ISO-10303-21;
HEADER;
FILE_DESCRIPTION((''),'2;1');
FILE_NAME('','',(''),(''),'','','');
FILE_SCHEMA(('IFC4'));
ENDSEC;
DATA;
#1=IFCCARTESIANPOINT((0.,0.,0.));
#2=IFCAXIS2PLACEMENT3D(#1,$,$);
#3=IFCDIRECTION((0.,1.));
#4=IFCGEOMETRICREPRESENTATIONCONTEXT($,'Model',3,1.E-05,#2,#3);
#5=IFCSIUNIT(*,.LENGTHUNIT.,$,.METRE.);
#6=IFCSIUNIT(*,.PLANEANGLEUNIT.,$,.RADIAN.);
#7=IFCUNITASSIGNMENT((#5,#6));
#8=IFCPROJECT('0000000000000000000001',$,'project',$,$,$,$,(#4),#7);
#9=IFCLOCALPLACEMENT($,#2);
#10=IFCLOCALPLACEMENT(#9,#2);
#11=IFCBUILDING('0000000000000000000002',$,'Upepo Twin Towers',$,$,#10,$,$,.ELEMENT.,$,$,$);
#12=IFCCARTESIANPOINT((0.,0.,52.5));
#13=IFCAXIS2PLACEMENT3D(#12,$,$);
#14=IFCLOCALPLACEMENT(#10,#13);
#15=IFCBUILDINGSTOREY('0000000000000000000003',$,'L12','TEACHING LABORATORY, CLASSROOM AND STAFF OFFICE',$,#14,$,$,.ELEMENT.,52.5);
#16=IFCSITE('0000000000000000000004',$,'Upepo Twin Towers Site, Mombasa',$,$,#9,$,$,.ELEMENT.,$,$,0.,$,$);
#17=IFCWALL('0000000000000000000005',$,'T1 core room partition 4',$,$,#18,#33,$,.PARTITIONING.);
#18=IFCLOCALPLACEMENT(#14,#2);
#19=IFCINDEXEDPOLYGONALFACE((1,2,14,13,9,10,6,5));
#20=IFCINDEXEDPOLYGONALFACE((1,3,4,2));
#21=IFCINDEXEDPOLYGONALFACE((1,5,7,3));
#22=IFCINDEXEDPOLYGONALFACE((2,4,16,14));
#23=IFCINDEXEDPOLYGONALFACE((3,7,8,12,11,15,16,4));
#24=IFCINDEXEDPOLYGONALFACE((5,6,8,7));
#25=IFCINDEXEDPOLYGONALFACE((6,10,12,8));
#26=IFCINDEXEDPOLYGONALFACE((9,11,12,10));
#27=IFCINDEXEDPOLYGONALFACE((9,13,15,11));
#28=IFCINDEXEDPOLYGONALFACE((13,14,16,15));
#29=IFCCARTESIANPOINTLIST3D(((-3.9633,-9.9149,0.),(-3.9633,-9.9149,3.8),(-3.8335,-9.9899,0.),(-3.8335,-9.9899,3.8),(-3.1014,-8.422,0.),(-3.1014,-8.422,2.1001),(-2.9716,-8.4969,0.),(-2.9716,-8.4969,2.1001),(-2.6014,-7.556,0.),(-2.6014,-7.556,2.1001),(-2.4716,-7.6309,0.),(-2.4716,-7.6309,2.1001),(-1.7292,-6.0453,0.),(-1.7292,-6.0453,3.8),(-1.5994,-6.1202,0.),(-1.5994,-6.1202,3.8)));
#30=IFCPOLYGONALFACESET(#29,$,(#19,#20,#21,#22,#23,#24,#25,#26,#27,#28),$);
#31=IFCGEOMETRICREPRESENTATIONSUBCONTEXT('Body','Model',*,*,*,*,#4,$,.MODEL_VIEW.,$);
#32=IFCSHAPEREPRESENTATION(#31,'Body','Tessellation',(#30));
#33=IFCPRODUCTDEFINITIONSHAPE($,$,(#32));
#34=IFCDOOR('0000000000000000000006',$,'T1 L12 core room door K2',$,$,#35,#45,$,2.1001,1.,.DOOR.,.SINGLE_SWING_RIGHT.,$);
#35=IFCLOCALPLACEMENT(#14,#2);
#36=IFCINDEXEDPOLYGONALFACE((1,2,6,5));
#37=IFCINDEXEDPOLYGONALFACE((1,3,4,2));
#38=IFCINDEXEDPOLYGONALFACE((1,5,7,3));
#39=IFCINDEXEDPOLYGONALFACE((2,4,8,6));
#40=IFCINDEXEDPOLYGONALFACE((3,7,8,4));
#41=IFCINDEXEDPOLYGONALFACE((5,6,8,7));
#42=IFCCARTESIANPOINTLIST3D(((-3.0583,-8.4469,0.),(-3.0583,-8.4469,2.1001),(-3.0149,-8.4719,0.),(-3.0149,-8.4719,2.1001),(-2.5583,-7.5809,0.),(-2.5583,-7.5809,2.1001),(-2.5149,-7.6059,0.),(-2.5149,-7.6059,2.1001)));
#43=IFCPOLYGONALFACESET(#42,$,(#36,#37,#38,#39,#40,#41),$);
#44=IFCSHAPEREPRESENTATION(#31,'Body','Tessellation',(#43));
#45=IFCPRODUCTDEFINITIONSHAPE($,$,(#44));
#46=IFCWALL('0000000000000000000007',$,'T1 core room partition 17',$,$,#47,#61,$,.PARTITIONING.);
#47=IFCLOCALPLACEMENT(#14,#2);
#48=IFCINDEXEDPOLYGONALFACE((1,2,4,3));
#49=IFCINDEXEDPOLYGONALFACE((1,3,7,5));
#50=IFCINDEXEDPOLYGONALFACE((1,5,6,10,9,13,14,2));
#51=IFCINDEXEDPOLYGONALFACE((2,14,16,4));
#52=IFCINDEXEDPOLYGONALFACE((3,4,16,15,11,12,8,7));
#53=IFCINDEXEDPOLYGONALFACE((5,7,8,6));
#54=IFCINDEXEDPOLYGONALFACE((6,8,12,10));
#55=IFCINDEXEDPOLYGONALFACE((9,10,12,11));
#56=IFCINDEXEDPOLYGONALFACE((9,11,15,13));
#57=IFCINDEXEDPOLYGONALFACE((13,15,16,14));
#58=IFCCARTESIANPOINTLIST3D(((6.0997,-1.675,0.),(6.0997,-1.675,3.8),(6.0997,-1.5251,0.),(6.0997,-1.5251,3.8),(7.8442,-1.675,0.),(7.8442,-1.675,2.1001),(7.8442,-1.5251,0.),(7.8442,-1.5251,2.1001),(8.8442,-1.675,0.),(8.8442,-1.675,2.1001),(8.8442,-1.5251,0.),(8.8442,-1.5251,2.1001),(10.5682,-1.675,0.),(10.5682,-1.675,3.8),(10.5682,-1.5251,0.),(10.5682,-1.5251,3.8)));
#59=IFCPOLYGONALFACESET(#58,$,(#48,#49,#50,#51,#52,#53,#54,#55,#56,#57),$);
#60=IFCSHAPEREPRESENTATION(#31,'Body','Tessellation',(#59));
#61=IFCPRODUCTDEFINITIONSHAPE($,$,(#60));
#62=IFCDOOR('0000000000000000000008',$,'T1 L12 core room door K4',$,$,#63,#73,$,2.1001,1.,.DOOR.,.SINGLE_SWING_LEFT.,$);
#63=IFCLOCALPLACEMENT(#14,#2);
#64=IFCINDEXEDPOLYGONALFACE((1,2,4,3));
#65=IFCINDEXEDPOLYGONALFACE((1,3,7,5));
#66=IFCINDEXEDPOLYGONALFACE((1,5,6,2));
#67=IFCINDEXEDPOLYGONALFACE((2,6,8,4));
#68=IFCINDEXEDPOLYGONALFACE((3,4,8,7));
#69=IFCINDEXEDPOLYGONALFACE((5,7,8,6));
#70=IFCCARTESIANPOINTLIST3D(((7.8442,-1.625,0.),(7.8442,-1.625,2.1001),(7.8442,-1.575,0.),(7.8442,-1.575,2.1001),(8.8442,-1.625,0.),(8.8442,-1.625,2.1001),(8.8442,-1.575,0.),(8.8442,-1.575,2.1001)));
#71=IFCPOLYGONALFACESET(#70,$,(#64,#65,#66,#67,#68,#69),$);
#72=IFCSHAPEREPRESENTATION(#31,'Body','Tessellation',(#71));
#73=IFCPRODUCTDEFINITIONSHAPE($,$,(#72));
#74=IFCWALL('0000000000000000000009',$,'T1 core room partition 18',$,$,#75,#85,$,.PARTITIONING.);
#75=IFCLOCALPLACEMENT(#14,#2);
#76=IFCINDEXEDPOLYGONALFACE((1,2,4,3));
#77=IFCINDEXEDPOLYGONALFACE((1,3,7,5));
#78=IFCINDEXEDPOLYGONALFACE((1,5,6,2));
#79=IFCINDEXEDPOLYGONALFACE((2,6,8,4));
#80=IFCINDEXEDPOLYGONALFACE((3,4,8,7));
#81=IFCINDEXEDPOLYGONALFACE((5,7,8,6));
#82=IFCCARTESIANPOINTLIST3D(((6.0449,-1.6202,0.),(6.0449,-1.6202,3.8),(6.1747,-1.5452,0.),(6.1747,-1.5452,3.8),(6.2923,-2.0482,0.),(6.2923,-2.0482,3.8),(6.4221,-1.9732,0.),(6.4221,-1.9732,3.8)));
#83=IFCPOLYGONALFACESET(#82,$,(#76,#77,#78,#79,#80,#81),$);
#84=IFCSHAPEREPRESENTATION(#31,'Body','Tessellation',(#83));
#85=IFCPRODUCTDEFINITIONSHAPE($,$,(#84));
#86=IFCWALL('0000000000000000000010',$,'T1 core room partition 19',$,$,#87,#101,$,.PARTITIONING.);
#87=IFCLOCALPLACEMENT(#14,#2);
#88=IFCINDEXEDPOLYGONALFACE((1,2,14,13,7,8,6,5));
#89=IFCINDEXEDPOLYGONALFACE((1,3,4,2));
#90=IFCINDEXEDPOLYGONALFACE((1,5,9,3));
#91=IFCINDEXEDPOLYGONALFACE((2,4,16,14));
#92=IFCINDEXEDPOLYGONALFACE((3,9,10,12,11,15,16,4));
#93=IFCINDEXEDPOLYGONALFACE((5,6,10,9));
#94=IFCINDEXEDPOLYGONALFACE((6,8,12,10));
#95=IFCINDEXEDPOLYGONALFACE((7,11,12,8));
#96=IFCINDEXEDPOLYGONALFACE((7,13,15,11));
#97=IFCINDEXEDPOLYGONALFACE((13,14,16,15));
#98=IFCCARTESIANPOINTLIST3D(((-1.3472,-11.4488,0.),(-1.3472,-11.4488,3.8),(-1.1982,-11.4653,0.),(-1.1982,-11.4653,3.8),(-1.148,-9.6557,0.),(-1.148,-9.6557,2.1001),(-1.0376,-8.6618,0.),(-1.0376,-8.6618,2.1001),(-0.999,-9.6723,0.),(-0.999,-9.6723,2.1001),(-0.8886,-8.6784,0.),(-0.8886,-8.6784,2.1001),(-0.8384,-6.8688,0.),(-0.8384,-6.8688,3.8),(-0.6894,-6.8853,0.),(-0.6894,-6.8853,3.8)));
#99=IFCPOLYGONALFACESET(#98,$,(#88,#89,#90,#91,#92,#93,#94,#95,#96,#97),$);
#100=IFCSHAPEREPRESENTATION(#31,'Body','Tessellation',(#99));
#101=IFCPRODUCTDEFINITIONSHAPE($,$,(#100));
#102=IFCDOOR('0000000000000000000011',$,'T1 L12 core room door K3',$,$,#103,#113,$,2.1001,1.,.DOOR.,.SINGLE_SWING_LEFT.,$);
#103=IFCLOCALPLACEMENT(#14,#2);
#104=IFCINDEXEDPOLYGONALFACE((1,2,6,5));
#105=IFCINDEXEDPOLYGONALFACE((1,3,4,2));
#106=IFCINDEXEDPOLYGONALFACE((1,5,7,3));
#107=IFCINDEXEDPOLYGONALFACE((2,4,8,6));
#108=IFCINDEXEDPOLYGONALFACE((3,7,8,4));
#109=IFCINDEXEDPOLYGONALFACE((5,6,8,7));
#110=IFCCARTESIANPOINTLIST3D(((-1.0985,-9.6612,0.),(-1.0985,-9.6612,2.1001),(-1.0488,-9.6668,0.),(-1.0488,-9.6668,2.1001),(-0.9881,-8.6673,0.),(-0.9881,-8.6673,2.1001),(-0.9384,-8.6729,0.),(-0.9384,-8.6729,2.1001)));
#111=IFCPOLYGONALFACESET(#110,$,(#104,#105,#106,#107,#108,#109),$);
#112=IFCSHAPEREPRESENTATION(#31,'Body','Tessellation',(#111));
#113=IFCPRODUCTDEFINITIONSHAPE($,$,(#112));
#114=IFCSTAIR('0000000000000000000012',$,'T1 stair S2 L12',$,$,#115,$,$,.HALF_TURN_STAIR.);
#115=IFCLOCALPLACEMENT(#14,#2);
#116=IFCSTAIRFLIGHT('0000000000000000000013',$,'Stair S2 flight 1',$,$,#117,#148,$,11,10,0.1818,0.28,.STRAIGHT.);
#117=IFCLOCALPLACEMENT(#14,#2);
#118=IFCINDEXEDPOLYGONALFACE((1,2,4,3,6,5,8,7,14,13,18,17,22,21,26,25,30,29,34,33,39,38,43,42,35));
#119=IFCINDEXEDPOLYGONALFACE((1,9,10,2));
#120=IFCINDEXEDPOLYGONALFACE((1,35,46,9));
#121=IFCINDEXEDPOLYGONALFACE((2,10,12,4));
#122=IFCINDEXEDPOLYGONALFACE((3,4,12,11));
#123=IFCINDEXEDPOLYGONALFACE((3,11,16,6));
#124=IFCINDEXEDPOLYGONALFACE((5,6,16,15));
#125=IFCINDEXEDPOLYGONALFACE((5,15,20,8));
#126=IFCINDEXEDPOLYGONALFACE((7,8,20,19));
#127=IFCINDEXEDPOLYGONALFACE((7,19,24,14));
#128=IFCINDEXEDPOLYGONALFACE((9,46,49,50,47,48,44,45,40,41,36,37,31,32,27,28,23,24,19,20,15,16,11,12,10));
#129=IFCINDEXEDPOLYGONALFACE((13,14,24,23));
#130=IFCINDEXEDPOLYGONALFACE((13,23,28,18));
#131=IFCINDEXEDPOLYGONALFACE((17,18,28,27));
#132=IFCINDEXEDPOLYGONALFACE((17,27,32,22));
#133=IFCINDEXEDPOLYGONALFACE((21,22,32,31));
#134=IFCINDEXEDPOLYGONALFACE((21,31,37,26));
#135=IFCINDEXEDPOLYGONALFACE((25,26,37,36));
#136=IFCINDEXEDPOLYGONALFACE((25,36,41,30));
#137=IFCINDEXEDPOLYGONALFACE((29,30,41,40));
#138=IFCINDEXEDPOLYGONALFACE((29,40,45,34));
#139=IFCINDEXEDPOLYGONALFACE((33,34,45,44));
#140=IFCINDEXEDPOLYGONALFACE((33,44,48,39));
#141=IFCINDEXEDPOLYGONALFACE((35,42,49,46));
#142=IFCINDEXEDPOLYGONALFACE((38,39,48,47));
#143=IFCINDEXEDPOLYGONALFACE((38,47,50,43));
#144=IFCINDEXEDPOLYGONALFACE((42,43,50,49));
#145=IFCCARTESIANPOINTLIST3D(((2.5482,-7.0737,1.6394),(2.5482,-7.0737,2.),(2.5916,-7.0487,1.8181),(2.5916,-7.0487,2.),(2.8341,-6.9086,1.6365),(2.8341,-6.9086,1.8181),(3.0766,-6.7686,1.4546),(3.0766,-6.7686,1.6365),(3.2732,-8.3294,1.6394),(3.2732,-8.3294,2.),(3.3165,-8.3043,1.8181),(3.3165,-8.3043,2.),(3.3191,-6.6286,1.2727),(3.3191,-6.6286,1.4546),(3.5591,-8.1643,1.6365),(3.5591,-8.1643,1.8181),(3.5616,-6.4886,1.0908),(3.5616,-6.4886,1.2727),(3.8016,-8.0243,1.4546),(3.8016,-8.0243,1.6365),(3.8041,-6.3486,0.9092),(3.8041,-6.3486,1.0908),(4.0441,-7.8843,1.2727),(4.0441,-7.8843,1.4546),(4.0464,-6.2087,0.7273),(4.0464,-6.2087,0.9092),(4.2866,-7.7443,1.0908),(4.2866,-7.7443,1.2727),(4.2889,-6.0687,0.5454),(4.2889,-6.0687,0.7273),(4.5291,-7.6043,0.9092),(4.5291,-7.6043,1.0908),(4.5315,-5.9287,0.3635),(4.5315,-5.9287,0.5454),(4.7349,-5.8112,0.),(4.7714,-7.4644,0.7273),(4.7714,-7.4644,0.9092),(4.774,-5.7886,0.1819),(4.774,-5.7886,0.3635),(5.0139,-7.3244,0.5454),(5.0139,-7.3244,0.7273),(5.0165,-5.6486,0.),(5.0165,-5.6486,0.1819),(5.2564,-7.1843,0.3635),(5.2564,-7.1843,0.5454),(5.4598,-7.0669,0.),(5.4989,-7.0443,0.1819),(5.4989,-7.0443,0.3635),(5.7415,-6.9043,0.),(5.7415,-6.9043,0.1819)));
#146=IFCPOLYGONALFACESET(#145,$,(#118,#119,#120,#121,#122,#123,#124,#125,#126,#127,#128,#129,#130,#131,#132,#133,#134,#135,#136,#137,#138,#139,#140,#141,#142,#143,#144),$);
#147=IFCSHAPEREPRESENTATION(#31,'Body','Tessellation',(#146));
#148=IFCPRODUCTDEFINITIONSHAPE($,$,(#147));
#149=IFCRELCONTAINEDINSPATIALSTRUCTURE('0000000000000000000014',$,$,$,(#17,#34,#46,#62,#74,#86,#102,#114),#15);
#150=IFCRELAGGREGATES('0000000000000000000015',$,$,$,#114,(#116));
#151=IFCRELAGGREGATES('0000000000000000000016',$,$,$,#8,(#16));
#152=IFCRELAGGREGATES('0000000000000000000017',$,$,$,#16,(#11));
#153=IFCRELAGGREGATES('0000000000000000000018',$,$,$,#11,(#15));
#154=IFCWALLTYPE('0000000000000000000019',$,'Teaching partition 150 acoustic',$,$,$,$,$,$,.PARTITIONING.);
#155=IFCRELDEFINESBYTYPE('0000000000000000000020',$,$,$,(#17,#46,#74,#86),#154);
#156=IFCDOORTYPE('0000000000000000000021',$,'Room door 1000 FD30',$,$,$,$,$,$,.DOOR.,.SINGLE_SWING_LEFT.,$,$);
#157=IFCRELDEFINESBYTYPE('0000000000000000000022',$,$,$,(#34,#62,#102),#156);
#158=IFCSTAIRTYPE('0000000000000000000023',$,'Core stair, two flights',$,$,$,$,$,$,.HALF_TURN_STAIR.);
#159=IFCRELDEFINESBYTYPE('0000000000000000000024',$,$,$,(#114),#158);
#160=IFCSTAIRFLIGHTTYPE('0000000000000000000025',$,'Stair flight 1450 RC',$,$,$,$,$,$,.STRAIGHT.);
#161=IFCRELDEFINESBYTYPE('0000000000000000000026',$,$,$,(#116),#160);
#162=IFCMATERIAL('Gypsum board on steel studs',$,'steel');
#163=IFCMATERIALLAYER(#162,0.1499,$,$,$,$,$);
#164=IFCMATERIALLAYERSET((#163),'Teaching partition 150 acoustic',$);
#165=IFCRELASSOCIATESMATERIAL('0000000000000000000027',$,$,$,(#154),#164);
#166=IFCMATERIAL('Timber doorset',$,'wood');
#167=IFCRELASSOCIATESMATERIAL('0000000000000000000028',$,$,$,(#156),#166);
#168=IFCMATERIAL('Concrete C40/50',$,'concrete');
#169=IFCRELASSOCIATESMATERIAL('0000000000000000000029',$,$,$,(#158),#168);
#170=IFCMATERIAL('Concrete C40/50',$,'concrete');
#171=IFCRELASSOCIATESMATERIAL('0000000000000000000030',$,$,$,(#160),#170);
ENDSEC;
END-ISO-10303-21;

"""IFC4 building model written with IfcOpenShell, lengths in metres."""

from ifc_helpers import new_model, si_unit, direction, frame, frame_2d, origin, place, context, subcontext, project, spatial, polyline, rectangle, outline, extrude, material, layer, layer_set, type_object, element, fill, aggregate, save


model = new_model("IFC4")

# Units and contexts
model_context = context("Model", 3, precision=1e-05, world=origin(), true_north=direction((0.0, 1.0)))
body_context = subcontext(model_context, "Body", "Model", "MODEL_VIEW")
ifc_project = project(units=[si_unit("LENGTHUNIT", "METRE"), si_unit("PLANEANGLEUNIT", "RADIAN")], contexts=[model_context])

# Site, building, storey
site_placement = place(None, origin())
site = spatial("IfcSite", under=ifc_project, at=site_placement, Name="Upepo Twin Towers Site, Mombasa", CompositionType="ELEMENT", RefElevation=0.0)
building_placement = place(site_placement, origin())
building = spatial("IfcBuilding", under=site, at=building_placement, Name="Upepo Twin Towers", CompositionType="ELEMENT")
storey_placement = place(building_placement, frame((0.0, 0.0, 52.5)))
storey = spatial("IfcBuildingStorey", under=building, at=storey_placement, Name="L12", Description="TEACHING LABORATORY, CLASSROOM AND STAFF OFFICE", CompositionType="ELEMENT", Elevation=52.5)

# Shared definitions
ifc_material_1 = material(Name="Gypsum board on steel studs", Category="steel")
ifc_layer_1 = layer(ifc_material_1, 0.1499)
ifc_layer_set_1 = layer_set([ifc_layer_1], Name="Teaching partition 150 acoustic")
wall_type_1 = type_object("IfcWallType", Name="Teaching partition 150 acoustic", PredefinedType="PARTITIONING", material=ifc_layer_set_1)

# Walls, openings, doors
wall_1_placement = place(storey_placement, frame((-1.6643, -6.0828, 0.0), z_axis=(0.0, 0.0, 1.0), x_axis=(-0.5, -0.866025, 0.0)))
wall_1 = element("IfcWall", 1, at=wall_1_placement, inside=storey, type_object=wall_type_1, Name="T1 core room partition 4", PredefinedType="PARTITIONING", context=body_context, shape_type="SweptSolid", body=[
    extrude(rectangle(XDim=4.4683, YDim=0.1499, at=frame_2d((2.2341, 0.0))), origin(), (0.0, 0.0, 1.0), 3.8),
])
opening_1_placement = place(wall_1_placement, frame((1.7444, 0.0, 0.0)))
opening_1 = element("IfcOpeningElement", 2, at=opening_1_placement, cuts=wall_1, PredefinedType="OPENING", context=body_context, shape_type="SweptSolid", body=[
    extrude(rectangle(XDim=1.0, YDim=2.1001, at=frame_2d((0.5, 1.05))), frame((0.0, 0.085, 0.0), z_axis=(0.0, -1.0, 0.0), x_axis=(1.0, 0.0, 0.0)), (0.0, 0.0, 1.0), 0.1699),
])
ifc_material_2 = material(Name="Timber doorset", Category="wood")
door_type_1 = type_object("IfcDoorType", Name="Room door 1000 FD30", OperationType="SINGLE_SWING_LEFT", PredefinedType="DOOR", material=ifc_material_2)
door_1_placement = place(opening_1_placement, origin())
door_1 = element("IfcDoor", 3, at=door_1_placement, inside=storey, type_object=door_type_1, Name="T1 L12 core room door K2", OperationType="SINGLE_SWING_RIGHT", OverallHeight=2.1001, OverallWidth=1.0, PredefinedType="DOOR", context=body_context, shape_type="SweptSolid", body=[
    extrude(rectangle(XDim=1.0, YDim=2.1001, at=frame_2d((0.5, 1.05))), frame((0.0, 0.0249, 0.0), z_axis=(0.0, -1.0, 0.0), x_axis=(1.0, 0.0, 0.0)), (0.0, 0.0, 1.0), 0.05),
])
fill(opening_1, door_1)
wall_2_placement = place(storey_placement, frame((10.5684, -1.6001, 0.0), z_axis=(0.0, 0.0, 1.0), x_axis=(-1.0, 0.0, 0.0)))
wall_2 = element("IfcWall", 4, at=wall_2_placement, inside=storey, type_object=wall_type_1, Name="T1 core room partition 17", PredefinedType="PARTITIONING", context=body_context, shape_type="SweptSolid", body=[
    extrude(rectangle(XDim=4.4685, YDim=0.1499, at=frame_2d((2.2344, 0.0))), origin(), (0.0, 0.0, 1.0), 3.8),
])
opening_2_placement = place(wall_2_placement, frame((1.7241, 0.0, 0.0)))
opening_2 = element("IfcOpeningElement", 5, at=opening_2_placement, cuts=wall_2, PredefinedType="OPENING", context=body_context, shape_type="SweptSolid", body=[
    extrude(rectangle(XDim=1.0, YDim=2.1001, at=frame_2d((0.5, 1.05))), frame((0.0, 0.085, 0.0), z_axis=(0.0, -1.0, 0.0), x_axis=(1.0, 0.0, 0.0)), (0.0, 0.0, 1.0), 0.1699),
])
door_2_placement = place(opening_2_placement, origin())
door_2 = element("IfcDoor", 6, at=door_2_placement, inside=storey, type_object=door_type_1, Name="T1 L12 core room door K4", OperationType="SINGLE_SWING_LEFT", OverallHeight=2.1001, OverallWidth=1.0, PredefinedType="DOOR", context=body_context, shape_type="SweptSolid", body=[
    extrude(rectangle(XDim=1.0, YDim=2.1001, at=frame_2d((0.5, 1.05))), frame((0.0, 0.0249, 0.0), z_axis=(0.0, -1.0, 0.0), x_axis=(1.0, 0.0, 0.0)), (0.0, 0.0, 1.0), 0.05),
])
fill(opening_2, door_2)

# Wall
wall_3_placement = place(storey_placement, frame((6.1099, -1.5828, 0.0), z_axis=(0.0, 0.0, 1.0), x_axis=(0.500335, -0.865832, 0.0)))
element("IfcWall", 7, at=wall_3_placement, inside=storey, type_object=wall_type_1, Name="T1 core room partition 18", PredefinedType="PARTITIONING", context=body_context, shape_type="SweptSolid", body=[
    extrude(rectangle(XDim=0.4944, YDim=0.1499, at=frame_2d((0.2471, 0.0))), origin(), (0.0, 0.0, 1.0), 3.8),
])

# Wall, opening, door
wall_4_placement = place(storey_placement, frame((-0.7639, -6.877, 0.0), z_axis=(0.0, 0.0, 1.0), x_axis=(-0.110408, -0.993886, 0.0)))
wall_4 = element("IfcWall", 8, at=wall_4_placement, inside=storey, type_object=wall_type_1, Name="T1 core room partition 19", PredefinedType="PARTITIONING", context=body_context, shape_type="SweptSolid", body=[
    extrude(rectangle(XDim=4.6082, YDim=0.1499, at=frame_2d((2.3042, 0.0))), origin(), (0.0, 0.0, 1.0), 3.8),
])
opening_3_placement = place(wall_4_placement, frame((1.8042, 0.0, 0.0)))
opening_3 = element("IfcOpeningElement", 9, at=opening_3_placement, cuts=wall_4, PredefinedType="OPENING", context=body_context, shape_type="SweptSolid", body=[
    extrude(rectangle(XDim=1.0, YDim=2.1001, at=frame_2d((0.5, 1.05))), frame((0.0, 0.085, 0.0), z_axis=(0.0, -1.0, 0.0), x_axis=(1.0, 0.0, 0.0)), (0.0, 0.0, 1.0), 0.1699),
])
door_3_placement = place(opening_3_placement, origin())
door_3 = element("IfcDoor", 10, at=door_3_placement, inside=storey, type_object=door_type_1, Name="T1 L12 core room door K3", OperationType="SINGLE_SWING_LEFT", OverallHeight=2.1001, OverallWidth=1.0, PredefinedType="DOOR", context=body_context, shape_type="SweptSolid", body=[
    extrude(rectangle(XDim=1.0, YDim=2.1001, at=frame_2d((0.5, 1.05))), frame((0.0, 0.0249, 0.0), z_axis=(0.0, -1.0, 0.0), x_axis=(1.0, 0.0, 0.0)), (0.0, 0.0, 1.0), 0.05),
])
fill(opening_3, door_3)

# Stair, stair flight
ifc_material_3 = material(Name="Concrete C40/50", Category="concrete")
stair_type = type_object("IfcStairType", Name="Core stair, two flights", PredefinedType="HALF_TURN_STAIR", material=ifc_material_3)
stair_placement = place(storey_placement, origin())
stair = element("IfcStair", 11, at=stair_placement, inside=storey, type_object=stair_type, Name="T1 stair S2 L12", PredefinedType="HALF_TURN_STAIR")
ifc_material_4 = material(Name="Concrete C40/50", Category="concrete")
stair_flight_type = type_object("IfcStairFlightType", Name="Stair flight 1450 RC", PredefinedType="STRAIGHT", material=ifc_material_4)
stair_flight_placement = place(storey_placement, frame((5.3789, -6.2764, 0.0), z_axis=(0.0, 0.0, 1.0), x_axis=(-0.866025, -0.5, 0.0)))
stair_flight = element("IfcStairFlight", 12, at=stair_flight_placement, type_object=stair_flight_type, Name="Stair S2 flight 1", NumberOfRisers=11, NumberOfTreads=10, PredefinedType="STRAIGHT", RiserHeight=0.1818, TreadLength=0.28, context=body_context, shape_type="SweptSolid", body=[
    extrude(outline(polyline([(0.0, 0.0), (0.0, 0.1819), (0.28, 0.1819), (0.28, 0.3635), (0.5601, 0.3635), (0.5601, 0.5454), (0.8401, 0.5454), (0.8401, 0.7273), (1.1201, 0.7273), (1.1201, 0.9092), (1.3999, 0.9092), (1.3999, 1.0908), (1.6799, 1.0908), (1.6799, 1.2727), (1.96, 1.2727), (1.96, 1.4546), (2.24, 1.4546), (2.24, 1.6365), (2.52, 1.6365), (2.52, 1.8181), (2.8, 1.8181), (2.8, 2.0), (2.8501, 2.0), (2.8501, 1.6394), (0.3252, 0.0), (0.0, 0.0)])), frame((0.0, 0.7251, 0.0), z_axis=(0.0, -1.0, 0.0), x_axis=(1.0, 0.0, 0.0)), (0.0, 0.0, 1.0), 1.45),
])
aggregate(stair, [stair_flight])

save(model, "model.ifc")
